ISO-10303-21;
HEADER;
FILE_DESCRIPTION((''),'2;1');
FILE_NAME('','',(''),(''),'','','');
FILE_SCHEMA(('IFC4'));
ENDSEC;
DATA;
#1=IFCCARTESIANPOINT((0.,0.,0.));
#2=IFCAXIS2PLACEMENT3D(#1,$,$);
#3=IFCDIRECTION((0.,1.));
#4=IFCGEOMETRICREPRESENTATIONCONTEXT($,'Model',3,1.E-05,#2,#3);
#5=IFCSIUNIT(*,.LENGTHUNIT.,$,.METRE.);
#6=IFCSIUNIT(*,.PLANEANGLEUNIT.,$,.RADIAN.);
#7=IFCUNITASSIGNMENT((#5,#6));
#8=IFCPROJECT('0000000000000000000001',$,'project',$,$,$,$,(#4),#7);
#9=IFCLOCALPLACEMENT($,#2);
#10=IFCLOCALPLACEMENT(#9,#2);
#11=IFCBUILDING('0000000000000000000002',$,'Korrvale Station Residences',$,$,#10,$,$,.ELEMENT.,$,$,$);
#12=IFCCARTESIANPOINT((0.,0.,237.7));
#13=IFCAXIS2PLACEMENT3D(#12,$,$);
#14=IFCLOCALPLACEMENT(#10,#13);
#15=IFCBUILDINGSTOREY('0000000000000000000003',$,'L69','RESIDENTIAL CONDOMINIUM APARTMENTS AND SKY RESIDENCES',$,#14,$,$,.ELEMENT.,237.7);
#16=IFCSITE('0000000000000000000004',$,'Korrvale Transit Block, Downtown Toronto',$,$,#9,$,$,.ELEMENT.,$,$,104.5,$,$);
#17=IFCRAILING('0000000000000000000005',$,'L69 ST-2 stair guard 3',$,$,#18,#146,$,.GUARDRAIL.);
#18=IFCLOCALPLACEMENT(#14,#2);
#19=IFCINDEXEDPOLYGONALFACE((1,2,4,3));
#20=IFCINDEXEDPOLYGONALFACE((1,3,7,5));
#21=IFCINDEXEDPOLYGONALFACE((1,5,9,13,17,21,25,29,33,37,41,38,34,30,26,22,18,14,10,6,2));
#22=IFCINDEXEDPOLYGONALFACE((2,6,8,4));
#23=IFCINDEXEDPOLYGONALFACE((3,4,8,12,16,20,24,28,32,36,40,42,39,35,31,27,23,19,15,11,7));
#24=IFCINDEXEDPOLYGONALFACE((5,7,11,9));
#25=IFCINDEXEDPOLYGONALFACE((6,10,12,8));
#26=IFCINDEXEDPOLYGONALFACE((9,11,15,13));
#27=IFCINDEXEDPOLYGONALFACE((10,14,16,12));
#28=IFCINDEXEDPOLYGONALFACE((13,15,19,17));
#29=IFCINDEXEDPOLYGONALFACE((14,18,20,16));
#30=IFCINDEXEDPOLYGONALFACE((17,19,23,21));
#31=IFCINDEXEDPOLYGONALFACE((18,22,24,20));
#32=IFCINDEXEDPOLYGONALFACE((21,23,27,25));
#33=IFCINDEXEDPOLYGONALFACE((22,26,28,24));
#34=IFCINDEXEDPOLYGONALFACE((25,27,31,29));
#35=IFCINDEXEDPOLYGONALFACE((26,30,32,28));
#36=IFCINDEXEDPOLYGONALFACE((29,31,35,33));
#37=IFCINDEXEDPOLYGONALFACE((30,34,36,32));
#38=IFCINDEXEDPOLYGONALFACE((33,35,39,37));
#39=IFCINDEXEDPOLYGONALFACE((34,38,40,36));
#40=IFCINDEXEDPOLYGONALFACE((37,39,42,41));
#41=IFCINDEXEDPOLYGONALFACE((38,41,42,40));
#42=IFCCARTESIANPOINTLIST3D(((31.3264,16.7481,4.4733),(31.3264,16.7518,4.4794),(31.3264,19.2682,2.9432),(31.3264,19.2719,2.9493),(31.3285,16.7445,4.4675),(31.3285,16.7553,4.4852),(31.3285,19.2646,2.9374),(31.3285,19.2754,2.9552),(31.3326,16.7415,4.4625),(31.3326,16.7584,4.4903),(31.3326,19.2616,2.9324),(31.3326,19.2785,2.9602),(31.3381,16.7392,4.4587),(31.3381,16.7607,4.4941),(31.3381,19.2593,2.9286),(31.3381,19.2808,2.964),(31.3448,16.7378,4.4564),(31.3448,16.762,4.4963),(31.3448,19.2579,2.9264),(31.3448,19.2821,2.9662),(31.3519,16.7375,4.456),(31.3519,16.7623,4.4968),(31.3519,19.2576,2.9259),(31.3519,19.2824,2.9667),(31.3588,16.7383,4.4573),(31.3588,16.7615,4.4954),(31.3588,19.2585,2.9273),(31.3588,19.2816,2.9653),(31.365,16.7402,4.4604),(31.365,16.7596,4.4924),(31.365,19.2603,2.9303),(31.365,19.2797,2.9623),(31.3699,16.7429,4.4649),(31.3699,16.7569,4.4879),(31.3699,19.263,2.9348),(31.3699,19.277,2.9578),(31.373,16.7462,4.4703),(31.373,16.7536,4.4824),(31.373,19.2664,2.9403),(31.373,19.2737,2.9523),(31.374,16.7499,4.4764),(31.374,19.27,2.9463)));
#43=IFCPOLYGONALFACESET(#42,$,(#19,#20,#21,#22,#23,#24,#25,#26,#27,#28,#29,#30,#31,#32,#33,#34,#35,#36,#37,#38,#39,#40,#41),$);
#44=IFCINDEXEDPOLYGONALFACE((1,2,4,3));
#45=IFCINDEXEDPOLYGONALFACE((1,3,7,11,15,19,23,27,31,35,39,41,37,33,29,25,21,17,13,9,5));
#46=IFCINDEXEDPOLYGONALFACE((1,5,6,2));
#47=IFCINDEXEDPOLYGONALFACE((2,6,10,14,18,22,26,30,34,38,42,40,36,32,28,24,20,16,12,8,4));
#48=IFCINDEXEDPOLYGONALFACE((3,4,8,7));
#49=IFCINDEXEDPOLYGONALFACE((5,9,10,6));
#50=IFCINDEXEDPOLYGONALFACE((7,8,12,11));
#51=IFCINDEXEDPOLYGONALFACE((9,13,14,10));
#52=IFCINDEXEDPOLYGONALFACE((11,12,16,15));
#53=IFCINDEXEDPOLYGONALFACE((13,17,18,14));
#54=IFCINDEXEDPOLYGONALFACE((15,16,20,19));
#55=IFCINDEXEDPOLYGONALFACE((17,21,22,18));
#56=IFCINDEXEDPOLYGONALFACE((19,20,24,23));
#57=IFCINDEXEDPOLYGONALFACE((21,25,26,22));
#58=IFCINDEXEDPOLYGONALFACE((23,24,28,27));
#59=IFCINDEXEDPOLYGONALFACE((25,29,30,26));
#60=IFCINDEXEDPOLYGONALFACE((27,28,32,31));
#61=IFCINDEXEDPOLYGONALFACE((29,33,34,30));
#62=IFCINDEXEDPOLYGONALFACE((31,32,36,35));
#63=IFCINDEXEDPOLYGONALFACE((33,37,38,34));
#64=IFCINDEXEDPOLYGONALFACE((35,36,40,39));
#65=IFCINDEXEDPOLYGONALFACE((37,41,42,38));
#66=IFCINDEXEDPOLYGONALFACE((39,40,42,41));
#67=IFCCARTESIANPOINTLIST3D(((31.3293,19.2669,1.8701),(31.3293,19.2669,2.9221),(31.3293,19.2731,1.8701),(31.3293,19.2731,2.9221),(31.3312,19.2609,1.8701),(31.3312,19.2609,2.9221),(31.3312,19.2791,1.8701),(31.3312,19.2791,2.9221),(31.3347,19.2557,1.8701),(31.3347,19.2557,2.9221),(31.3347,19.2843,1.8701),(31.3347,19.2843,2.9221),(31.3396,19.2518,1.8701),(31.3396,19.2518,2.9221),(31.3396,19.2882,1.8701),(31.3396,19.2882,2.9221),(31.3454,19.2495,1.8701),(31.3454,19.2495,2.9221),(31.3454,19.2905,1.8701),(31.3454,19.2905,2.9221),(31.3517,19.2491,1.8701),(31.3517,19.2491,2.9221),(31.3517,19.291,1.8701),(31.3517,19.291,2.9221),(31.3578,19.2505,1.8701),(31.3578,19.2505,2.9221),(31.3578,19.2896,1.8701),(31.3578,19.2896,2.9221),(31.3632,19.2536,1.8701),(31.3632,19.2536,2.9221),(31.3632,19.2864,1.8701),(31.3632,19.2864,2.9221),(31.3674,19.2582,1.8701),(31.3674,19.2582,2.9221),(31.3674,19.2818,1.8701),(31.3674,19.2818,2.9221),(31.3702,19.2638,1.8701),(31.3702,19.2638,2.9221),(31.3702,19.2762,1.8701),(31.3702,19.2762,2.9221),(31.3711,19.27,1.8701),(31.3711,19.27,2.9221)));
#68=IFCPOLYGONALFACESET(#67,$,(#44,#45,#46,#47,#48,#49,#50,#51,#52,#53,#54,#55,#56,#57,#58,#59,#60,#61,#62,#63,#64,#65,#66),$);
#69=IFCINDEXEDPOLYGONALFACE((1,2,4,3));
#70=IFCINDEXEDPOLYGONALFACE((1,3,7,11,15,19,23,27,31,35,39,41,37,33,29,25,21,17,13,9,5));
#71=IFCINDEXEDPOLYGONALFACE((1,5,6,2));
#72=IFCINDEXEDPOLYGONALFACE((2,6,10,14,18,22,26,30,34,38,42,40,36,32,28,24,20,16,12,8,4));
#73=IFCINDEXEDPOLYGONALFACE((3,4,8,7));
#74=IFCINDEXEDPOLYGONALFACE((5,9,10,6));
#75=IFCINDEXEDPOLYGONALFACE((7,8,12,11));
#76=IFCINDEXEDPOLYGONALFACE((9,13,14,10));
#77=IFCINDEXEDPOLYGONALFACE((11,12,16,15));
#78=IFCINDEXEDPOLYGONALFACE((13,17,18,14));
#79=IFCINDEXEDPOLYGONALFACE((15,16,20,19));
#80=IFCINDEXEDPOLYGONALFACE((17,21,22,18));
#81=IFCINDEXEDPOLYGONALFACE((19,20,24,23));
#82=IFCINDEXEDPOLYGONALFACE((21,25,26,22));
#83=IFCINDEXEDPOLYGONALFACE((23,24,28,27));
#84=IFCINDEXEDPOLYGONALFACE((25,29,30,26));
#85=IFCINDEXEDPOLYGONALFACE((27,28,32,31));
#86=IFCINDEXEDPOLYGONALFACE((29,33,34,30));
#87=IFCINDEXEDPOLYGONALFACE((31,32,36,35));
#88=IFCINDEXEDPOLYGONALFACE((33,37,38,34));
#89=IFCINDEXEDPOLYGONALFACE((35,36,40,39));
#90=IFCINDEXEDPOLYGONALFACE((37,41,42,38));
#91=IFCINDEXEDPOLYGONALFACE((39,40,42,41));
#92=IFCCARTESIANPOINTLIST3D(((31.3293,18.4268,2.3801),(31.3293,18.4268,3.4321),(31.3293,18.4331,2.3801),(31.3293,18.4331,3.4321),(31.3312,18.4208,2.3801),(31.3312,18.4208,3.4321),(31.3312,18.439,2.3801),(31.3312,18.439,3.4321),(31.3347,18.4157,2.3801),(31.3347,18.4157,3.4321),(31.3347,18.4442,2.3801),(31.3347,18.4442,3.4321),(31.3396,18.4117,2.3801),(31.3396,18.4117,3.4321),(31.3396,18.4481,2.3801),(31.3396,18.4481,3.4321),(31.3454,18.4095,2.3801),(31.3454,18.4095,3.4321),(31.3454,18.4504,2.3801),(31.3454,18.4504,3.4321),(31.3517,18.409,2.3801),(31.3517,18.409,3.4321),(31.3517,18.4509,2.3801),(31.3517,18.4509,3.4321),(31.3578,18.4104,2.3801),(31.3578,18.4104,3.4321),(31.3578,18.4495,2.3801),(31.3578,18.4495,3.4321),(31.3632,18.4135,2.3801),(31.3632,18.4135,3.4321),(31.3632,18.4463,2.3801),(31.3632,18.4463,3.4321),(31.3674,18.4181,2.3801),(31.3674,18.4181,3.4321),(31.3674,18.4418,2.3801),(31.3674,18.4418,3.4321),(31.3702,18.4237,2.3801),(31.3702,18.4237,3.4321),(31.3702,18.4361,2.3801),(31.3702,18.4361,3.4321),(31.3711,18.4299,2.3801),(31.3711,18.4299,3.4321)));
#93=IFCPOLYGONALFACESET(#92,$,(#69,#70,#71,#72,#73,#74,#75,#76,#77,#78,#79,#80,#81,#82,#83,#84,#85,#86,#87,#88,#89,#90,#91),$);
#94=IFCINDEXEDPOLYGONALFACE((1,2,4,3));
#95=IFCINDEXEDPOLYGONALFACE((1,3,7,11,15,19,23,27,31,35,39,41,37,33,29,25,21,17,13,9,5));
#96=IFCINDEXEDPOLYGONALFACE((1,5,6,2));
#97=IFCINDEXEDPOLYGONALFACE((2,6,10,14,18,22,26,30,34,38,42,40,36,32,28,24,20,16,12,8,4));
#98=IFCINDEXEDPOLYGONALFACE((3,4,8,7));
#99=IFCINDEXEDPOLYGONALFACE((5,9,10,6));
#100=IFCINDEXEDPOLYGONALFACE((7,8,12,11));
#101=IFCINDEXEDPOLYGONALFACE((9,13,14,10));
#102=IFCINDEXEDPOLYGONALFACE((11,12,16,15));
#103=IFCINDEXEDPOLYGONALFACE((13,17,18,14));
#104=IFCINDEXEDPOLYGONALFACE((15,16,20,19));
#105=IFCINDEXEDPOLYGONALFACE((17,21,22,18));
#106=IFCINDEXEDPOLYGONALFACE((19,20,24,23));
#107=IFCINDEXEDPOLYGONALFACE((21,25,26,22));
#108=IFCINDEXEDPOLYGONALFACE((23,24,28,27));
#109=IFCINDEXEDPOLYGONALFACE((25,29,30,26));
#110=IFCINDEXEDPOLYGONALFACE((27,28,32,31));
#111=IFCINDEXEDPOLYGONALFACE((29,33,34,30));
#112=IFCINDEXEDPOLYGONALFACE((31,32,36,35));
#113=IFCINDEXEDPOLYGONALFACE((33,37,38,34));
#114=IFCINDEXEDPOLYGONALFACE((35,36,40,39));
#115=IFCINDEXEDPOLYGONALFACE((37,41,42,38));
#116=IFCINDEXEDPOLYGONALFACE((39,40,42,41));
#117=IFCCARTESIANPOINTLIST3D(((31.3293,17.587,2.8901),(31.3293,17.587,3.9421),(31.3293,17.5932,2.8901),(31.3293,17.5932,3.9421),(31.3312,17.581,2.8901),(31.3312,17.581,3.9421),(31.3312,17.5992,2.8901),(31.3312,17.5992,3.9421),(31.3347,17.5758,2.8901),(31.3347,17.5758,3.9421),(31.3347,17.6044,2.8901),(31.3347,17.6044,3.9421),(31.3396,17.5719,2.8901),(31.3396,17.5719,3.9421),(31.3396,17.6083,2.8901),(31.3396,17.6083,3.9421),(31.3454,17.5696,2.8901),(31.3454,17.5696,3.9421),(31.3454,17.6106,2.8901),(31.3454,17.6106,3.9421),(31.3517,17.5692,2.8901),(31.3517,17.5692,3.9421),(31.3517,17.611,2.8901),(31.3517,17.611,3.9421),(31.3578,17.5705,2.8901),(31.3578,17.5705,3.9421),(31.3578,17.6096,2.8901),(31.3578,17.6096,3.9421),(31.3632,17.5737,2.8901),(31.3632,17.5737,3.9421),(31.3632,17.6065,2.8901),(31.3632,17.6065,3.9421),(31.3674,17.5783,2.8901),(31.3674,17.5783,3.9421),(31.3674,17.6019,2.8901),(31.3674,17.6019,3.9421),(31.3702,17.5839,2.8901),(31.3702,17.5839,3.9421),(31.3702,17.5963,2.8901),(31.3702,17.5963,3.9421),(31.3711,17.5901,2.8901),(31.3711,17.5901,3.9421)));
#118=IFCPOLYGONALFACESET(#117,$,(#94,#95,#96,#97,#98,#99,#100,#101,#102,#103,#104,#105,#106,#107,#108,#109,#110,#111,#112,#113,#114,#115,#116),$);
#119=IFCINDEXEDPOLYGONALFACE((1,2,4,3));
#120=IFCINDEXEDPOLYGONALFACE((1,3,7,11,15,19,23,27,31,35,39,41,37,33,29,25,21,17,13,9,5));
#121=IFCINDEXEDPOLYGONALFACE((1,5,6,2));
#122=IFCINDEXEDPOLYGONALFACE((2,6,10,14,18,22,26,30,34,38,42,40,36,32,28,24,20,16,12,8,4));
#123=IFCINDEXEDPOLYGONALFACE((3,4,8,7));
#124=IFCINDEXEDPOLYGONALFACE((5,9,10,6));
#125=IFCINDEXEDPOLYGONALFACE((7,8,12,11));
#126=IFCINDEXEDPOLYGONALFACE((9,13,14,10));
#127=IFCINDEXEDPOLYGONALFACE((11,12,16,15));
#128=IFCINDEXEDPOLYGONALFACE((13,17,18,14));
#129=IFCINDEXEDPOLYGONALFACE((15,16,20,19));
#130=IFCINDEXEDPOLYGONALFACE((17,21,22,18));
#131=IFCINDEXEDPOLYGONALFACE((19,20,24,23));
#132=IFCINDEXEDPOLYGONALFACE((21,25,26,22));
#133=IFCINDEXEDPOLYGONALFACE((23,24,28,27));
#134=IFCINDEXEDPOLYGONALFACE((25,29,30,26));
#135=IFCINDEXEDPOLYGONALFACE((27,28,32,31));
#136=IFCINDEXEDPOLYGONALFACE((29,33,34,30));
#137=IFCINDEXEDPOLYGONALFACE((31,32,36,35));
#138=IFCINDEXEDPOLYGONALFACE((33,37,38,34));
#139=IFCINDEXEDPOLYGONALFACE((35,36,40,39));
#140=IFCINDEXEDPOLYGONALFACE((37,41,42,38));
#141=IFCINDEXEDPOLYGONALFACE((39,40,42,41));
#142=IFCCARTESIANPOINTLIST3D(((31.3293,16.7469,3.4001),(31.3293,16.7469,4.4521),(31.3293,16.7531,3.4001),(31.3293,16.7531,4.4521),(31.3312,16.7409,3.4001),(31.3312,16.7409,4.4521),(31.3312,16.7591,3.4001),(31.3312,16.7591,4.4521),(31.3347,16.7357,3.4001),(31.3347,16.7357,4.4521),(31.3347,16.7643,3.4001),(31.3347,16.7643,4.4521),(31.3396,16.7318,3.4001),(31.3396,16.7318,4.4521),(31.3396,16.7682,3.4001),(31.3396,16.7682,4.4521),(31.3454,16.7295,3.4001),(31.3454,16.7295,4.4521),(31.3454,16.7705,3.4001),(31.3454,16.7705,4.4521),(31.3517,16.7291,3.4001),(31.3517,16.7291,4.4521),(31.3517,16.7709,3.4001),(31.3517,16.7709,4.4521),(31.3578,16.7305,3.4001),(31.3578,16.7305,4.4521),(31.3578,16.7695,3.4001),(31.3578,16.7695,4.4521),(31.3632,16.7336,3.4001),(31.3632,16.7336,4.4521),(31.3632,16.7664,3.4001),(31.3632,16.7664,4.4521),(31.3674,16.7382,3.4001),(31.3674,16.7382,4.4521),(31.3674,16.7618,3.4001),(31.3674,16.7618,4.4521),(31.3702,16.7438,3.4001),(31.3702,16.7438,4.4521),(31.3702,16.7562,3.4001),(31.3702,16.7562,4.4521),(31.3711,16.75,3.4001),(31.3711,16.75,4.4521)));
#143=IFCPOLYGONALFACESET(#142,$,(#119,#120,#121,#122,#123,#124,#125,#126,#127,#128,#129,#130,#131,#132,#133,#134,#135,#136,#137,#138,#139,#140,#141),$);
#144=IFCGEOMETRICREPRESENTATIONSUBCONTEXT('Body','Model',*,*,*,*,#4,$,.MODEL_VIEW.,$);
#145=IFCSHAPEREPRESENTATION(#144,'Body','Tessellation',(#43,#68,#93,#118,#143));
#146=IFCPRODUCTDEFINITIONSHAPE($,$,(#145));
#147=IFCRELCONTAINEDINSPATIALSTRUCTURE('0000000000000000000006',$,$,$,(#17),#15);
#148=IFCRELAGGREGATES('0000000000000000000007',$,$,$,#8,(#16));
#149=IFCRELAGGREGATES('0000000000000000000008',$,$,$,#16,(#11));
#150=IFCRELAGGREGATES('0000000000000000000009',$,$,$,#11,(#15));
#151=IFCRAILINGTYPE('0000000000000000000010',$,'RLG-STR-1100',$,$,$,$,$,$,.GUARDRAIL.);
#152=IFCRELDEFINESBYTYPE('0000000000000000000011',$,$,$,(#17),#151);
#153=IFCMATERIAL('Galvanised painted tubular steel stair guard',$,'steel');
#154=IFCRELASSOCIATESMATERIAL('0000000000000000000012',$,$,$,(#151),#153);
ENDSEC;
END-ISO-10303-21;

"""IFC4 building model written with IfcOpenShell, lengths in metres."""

from ifc_helpers import new_model, si_unit, direction, frame, origin, origin_2d, place, context, subcontext, project, spatial, circle, extrude, material, type_object, element, save


model = new_model("IFC4")

# Units and contexts
model_context = context("Model", 3, precision=1e-05, world=origin(), true_north=direction((0.0, 1.0)))
body_context = subcontext(model_context, "Body", "Model", "MODEL_VIEW")
ifc_project = project(units=[si_unit("LENGTHUNIT", "METRE"), si_unit("PLANEANGLEUNIT", "RADIAN")], contexts=[model_context])

# Site, building, storey
site_placement = place(None, origin())
site = spatial("IfcSite", under=ifc_project, at=site_placement, Name="Korrvale Transit Block, Downtown Toronto", CompositionType="ELEMENT", RefElevation=104.5)
building_placement = place(site_placement, origin())
building = spatial("IfcBuilding", under=site, at=building_placement, Name="Korrvale Station Residences", CompositionType="ELEMENT")
storey_placement = place(building_placement, frame((0.0, 0.0, 237.7)))
storey = spatial("IfcBuildingStorey", under=building, at=storey_placement, Name="L69", Description="RESIDENTIAL CONDOMINIUM APARTMENTS AND SKY RESIDENCES", CompositionType="ELEMENT", Elevation=237.7)

# Railing
ifc_material_1 = material(Name="Galvanised painted tubular steel stair guard", Category="steel")
railing_type_1 = type_object("IfcRailingType", Name="RLG-STR-1100", PredefinedType="GUARDRAIL", material=ifc_material_1)
railing_1_placement = place(storey_placement, frame((31.3501, 19.27, 1.8701)))
element("IfcRailing", 1, at=railing_1_placement, inside=storey, type_object=railing_type_1, Name="L69 ST-2 stair guard 3", PredefinedType="GUARDRAIL", context=body_context, shape_type="SweptSolid", body=[
    extrude(circle(Radius=0.0239, at=origin_2d()), frame((0.0, 0.0, 1.0762), z_axis=(0.0, -0.854785, 0.518982), x_axis=(1.0, 0.0, 0.0)), (0.0, 0.0, 1.0), 2.9482),
    extrude(circle(Radius=0.021, at=origin_2d()), origin(), (0.0, 0.0, 1.0), 1.052),
    extrude(circle(Radius=0.021, at=origin_2d()), frame((0.0, -0.8401, 0.51)), (0.0, 0.0, 1.0), 1.052),
    extrude(circle(Radius=0.021, at=origin_2d()), frame((0.0, -1.6799, 1.02)), (0.0, 0.0, 1.0), 1.052),
    extrude(circle(Radius=0.021, at=origin_2d()), frame((0.0, -2.52, 1.53)), (0.0, 0.0, 1.0), 1.052),
])

save(model, "model.ifc")
